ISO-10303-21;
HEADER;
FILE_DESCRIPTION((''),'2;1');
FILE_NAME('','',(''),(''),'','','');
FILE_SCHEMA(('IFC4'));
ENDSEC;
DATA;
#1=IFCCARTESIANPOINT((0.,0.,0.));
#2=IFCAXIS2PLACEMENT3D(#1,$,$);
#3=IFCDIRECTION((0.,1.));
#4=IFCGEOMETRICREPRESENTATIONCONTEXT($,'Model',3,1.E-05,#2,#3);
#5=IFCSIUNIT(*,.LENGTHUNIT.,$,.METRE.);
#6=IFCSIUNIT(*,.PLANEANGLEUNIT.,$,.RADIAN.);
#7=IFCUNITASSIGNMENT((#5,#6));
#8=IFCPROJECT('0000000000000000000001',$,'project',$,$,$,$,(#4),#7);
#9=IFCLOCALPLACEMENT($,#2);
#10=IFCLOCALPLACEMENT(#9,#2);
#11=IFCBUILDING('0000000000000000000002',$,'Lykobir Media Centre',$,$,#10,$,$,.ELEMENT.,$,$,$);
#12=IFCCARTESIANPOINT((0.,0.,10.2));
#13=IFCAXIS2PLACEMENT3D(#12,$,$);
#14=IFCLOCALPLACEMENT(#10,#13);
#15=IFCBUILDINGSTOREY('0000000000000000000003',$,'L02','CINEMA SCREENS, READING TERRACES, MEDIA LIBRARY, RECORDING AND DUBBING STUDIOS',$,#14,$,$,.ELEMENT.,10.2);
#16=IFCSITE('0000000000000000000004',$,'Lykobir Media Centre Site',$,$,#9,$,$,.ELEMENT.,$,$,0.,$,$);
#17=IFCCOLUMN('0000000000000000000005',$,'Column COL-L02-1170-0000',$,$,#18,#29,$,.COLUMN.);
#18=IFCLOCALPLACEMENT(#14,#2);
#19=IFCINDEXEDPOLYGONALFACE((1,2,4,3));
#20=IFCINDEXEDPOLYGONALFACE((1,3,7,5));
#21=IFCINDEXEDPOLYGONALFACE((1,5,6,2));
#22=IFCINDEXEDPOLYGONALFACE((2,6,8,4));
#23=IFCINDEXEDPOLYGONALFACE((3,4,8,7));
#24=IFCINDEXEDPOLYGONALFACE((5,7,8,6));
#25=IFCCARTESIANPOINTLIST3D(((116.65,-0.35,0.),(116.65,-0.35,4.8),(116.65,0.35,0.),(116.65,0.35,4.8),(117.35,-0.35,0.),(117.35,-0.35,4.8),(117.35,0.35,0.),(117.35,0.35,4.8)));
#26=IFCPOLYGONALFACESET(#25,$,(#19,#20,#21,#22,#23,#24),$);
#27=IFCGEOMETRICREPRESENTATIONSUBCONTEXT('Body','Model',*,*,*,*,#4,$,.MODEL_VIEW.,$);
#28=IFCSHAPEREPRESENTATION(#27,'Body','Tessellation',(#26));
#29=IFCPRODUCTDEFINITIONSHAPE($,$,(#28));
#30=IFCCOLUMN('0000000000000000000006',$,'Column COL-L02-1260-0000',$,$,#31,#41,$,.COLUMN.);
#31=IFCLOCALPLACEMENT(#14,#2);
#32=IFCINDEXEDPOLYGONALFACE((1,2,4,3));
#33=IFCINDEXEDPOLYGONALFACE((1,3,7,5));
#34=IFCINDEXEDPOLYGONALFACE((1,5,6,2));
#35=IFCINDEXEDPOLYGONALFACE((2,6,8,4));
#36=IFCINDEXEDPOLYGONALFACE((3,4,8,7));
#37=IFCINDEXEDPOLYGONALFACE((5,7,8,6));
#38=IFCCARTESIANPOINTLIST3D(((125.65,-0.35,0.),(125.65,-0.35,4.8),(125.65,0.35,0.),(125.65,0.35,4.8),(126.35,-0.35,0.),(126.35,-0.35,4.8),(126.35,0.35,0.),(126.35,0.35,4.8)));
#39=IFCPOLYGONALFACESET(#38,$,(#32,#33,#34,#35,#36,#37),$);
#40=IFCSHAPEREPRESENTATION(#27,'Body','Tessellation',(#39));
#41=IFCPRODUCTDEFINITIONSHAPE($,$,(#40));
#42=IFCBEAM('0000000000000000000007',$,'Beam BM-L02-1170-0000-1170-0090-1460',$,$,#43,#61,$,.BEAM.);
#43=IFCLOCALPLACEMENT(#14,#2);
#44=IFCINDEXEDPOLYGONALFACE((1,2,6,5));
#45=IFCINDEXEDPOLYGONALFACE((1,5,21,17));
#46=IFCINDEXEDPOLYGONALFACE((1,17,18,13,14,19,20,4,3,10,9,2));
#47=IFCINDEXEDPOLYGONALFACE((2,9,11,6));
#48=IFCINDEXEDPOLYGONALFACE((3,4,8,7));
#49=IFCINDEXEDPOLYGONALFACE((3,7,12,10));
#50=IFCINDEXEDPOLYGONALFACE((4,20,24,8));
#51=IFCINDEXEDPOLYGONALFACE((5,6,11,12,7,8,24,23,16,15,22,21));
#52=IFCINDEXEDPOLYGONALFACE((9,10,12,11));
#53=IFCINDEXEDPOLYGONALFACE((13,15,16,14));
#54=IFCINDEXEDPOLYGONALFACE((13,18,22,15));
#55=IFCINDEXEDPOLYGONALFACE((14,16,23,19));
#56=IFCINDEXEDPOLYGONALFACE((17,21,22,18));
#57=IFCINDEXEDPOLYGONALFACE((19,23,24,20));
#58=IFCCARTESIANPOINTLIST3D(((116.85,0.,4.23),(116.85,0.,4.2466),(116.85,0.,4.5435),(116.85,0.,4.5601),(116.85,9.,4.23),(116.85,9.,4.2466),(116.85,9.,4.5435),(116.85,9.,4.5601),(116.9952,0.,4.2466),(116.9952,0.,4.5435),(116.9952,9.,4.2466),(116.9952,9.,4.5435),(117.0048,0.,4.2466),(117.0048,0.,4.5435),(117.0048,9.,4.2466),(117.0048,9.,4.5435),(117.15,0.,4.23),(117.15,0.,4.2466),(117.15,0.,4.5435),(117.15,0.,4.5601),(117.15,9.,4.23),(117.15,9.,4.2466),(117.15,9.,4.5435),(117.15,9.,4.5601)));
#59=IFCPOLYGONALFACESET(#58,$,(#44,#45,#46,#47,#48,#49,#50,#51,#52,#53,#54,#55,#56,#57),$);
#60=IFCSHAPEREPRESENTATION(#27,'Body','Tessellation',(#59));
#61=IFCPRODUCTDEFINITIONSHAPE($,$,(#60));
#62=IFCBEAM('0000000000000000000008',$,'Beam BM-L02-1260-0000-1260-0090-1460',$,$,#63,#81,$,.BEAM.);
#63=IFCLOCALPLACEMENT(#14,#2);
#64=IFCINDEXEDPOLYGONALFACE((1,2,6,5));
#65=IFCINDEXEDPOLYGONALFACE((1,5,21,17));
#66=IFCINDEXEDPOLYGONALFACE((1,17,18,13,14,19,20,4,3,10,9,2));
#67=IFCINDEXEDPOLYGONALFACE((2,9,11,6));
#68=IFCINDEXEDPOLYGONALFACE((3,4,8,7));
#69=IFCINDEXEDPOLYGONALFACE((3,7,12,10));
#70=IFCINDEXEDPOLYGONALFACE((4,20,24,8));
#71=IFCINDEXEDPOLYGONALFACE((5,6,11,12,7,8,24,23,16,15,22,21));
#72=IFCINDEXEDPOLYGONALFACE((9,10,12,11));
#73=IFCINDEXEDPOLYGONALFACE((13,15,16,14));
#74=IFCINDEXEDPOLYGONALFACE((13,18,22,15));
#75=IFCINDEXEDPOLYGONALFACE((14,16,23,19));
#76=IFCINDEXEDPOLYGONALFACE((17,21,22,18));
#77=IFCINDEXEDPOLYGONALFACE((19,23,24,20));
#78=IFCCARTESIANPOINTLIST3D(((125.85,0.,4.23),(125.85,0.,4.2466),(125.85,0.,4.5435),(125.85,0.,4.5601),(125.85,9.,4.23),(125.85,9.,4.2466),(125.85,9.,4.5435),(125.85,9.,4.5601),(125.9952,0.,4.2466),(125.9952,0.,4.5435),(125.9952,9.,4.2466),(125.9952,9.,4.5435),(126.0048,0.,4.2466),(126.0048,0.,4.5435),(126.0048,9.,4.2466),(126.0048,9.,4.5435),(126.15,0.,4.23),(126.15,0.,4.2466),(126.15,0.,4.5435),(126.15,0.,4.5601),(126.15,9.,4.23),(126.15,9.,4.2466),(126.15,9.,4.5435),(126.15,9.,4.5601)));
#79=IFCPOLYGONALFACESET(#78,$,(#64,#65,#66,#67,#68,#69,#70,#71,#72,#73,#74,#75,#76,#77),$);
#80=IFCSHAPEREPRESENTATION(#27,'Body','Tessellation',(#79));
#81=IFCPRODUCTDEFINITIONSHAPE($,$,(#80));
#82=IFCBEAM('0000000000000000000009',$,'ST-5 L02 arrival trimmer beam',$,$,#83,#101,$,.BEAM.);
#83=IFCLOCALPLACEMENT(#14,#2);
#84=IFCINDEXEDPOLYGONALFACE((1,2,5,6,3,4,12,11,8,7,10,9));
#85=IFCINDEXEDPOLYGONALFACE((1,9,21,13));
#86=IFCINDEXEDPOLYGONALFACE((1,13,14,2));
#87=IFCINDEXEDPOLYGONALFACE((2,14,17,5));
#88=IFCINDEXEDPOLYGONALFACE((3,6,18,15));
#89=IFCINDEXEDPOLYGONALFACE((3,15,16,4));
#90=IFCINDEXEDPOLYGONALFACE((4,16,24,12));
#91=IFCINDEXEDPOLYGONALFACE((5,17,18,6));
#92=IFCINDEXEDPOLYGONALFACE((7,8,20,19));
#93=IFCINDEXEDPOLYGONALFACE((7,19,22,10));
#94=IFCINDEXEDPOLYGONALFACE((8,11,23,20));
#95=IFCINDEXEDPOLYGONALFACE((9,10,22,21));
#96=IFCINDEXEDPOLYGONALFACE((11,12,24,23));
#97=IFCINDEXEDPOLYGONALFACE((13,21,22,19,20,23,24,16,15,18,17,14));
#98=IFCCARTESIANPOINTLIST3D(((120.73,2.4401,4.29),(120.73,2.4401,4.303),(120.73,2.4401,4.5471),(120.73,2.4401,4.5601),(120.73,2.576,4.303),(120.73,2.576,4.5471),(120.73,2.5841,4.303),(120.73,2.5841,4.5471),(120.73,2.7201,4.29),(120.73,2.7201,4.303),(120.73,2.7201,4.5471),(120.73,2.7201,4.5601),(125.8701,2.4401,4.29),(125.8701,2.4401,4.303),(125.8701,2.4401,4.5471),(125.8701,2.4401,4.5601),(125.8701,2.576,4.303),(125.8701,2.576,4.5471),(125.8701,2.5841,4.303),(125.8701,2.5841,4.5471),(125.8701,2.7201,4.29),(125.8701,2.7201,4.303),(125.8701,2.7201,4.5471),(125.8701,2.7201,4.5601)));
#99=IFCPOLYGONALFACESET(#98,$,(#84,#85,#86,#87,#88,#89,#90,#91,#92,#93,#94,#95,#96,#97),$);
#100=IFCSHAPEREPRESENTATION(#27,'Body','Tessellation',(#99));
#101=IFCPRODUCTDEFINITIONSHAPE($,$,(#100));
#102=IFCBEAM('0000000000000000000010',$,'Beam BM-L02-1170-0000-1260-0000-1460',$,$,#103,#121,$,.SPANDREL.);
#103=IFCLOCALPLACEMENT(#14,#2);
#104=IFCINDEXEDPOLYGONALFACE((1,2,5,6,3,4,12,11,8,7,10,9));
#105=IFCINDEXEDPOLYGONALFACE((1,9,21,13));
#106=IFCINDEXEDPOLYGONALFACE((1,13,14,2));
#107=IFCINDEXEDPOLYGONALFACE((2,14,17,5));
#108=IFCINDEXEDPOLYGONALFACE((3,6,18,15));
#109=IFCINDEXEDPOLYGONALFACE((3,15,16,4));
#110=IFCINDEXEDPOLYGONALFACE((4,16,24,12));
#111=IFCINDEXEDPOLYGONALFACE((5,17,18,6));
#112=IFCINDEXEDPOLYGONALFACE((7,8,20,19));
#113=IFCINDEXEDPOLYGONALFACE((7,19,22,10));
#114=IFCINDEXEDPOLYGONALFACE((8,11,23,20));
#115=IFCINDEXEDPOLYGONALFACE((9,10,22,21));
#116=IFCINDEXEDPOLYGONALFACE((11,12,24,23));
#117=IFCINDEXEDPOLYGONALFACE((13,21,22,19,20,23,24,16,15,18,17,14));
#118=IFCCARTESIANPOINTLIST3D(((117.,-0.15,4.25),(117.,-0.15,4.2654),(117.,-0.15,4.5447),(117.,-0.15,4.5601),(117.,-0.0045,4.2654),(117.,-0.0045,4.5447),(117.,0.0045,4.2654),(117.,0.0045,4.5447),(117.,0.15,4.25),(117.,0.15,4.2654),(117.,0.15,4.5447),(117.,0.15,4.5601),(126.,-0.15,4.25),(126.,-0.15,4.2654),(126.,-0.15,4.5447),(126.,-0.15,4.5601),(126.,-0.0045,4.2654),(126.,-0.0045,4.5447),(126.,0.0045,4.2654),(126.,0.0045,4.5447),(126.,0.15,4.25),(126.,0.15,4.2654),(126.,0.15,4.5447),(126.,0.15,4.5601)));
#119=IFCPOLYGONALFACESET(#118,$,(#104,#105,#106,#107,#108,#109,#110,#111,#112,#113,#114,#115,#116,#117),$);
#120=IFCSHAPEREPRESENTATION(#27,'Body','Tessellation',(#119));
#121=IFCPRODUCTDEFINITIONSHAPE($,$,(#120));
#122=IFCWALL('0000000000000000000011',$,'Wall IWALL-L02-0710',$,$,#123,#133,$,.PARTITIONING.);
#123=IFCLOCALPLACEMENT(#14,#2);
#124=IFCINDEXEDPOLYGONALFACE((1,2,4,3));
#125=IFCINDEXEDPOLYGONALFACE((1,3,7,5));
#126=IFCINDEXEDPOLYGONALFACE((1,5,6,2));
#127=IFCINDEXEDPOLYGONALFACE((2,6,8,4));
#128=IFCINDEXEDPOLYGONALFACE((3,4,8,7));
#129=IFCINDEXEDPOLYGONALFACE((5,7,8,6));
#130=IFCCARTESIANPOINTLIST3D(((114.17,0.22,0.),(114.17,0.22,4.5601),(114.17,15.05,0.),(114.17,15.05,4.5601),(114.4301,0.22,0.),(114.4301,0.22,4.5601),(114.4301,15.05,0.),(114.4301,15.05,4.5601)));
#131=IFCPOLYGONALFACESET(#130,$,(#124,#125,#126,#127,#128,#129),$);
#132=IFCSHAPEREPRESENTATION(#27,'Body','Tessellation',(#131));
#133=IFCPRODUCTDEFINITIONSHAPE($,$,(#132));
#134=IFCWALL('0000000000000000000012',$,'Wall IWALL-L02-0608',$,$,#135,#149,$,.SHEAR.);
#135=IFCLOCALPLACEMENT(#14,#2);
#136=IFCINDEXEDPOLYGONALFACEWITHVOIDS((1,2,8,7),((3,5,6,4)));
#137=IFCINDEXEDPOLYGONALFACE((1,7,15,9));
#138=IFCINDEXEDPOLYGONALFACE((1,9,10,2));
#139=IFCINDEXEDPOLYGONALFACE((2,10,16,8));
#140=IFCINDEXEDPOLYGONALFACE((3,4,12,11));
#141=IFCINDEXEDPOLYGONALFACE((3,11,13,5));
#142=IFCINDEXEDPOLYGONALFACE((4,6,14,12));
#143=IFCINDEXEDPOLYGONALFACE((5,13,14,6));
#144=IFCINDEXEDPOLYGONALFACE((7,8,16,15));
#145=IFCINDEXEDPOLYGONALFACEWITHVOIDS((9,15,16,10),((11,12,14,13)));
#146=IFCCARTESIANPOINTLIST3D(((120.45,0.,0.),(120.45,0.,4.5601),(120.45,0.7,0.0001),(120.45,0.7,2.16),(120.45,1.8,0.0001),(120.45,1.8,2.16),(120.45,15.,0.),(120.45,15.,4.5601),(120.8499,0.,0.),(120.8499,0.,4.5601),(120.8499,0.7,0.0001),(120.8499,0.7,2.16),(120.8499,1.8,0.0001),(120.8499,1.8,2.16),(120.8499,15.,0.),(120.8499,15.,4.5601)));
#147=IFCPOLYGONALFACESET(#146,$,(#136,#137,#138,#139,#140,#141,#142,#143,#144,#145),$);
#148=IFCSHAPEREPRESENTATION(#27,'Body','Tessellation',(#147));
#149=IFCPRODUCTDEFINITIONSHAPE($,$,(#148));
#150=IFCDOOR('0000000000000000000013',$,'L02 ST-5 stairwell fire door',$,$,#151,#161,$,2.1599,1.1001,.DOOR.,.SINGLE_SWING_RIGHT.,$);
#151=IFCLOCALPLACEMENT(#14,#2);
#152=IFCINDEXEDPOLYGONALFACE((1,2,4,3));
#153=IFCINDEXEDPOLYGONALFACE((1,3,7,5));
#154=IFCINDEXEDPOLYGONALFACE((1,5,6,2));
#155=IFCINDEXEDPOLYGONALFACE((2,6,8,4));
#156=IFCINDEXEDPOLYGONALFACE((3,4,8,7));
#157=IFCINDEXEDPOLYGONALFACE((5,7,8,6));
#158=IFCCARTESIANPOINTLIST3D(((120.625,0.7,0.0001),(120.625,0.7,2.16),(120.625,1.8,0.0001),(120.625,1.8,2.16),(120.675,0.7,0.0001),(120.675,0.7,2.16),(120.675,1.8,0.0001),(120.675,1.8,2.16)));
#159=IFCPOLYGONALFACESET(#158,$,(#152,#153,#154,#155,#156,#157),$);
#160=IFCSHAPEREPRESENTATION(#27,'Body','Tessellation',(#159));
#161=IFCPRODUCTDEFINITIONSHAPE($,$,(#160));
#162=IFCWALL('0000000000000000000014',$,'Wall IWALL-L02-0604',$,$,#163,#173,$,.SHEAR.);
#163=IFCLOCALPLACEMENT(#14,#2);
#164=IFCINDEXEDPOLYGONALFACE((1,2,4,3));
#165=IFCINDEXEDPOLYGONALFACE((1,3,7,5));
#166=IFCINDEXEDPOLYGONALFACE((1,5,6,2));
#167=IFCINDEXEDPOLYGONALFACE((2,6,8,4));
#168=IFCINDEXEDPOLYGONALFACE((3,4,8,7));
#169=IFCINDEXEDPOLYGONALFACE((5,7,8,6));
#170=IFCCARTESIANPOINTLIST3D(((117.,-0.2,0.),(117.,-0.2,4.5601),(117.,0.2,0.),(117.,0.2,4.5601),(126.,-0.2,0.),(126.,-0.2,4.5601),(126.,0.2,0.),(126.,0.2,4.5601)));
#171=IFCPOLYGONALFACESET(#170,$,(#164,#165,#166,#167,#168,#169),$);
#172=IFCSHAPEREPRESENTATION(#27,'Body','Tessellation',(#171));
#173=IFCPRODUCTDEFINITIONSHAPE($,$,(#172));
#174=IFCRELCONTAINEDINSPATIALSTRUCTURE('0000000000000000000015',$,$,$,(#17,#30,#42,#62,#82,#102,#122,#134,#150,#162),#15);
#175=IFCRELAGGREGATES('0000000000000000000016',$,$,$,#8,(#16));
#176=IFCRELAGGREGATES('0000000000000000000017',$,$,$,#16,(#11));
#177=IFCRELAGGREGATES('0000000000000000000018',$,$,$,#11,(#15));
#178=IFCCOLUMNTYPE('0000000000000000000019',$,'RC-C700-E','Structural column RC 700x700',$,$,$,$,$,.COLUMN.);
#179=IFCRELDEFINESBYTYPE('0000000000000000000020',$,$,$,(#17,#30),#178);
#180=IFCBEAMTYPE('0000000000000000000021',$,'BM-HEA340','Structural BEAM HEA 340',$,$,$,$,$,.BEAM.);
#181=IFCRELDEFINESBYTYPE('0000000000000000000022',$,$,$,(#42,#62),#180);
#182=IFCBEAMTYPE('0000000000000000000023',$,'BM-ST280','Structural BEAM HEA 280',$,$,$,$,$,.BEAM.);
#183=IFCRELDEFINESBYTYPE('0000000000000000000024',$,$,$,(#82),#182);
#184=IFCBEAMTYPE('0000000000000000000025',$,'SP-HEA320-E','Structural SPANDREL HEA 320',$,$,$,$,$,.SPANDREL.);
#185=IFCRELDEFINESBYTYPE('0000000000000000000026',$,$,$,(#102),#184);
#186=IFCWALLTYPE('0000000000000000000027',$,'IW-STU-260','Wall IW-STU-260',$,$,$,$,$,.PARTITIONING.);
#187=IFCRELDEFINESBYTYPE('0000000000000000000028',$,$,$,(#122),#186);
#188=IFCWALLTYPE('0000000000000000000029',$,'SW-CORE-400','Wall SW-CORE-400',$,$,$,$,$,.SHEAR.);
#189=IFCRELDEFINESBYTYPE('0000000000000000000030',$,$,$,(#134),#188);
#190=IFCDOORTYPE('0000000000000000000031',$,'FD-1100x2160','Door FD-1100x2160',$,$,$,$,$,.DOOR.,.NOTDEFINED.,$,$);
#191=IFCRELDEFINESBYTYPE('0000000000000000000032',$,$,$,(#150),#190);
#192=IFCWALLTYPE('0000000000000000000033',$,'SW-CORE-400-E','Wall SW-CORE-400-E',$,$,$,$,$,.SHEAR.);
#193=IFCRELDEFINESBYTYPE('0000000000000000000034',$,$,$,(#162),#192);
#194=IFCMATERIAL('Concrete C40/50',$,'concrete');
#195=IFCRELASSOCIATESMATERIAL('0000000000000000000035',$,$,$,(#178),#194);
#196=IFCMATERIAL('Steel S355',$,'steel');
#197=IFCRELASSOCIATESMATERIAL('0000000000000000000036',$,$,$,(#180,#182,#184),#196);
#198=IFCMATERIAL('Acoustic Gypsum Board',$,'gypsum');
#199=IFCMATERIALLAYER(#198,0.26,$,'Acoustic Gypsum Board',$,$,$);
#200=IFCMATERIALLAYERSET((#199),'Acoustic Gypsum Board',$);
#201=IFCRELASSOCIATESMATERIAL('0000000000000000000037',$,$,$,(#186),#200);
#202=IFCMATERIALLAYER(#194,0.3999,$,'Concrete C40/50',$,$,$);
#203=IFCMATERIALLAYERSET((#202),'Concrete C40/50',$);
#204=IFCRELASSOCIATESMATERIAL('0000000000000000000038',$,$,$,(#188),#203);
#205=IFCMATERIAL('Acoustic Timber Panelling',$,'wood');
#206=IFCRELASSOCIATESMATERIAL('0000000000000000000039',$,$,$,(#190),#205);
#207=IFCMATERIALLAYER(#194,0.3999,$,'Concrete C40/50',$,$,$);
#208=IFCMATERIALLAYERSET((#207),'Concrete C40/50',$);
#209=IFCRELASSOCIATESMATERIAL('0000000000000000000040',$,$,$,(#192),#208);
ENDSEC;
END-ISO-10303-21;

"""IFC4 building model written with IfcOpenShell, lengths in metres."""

from ifc_helpers import new_model, si_unit, direction, frame, frame_2d, origin, origin_2d, place, context, subcontext, project, spatial, rectangle, i_section, extrude, material, layer, layer_set, material_profile, profile_set, type_object, element, fill, save


model = new_model("IFC4")

# Units and contexts
model_context = context("Model", 3, precision=1e-05, world=origin(), true_north=direction((0.0, 1.0)))
body_context = subcontext(model_context, "Body", "Model", "MODEL_VIEW")
ifc_project = project(units=[si_unit("LENGTHUNIT", "METRE"), si_unit("PLANEANGLEUNIT", "RADIAN")], contexts=[model_context])

# Site, building, storey
site_placement = place(None, origin())
site = spatial("IfcSite", under=ifc_project, at=site_placement, Name="Lykobir Media Centre Site", CompositionType="ELEMENT", RefElevation=0.0)
building_placement = place(site_placement, origin())
building = spatial("IfcBuilding", under=site, at=building_placement, Name="Lykobir Media Centre", CompositionType="ELEMENT")
storey_placement = place(building_placement, frame((0.0, 0.0, 10.2)))
storey = spatial("IfcBuildingStorey", under=building, at=storey_placement, Name="L02", Description="CINEMA SCREENS, READING TERRACES, MEDIA LIBRARY, RECORDING AND DUBBING STUDIOS", CompositionType="ELEMENT", Elevation=10.2)

# Columns
ifc_material_1 = material(Name="Concrete C40/50", Category="concrete")
ifc_material_profile_1 = material_profile(ifc_material_1, rectangle(XDim=0.7, YDim=0.7, at=origin_2d()), Name="RC 700x700")
ifc_profile_set_1 = profile_set([ifc_material_profile_1], Name="Concrete C40/50")
column_type = type_object("IfcColumnType", Name="RC-C700-E", Description="Structural column RC 700x700", PredefinedType="COLUMN", material=ifc_profile_set_1)
for number, where, z_axis, x_axis, name in (
    (1, (117.0, 0.0, 0.0), (0.0, 0.0, 1.0), (1.0, 0.0, 0.0), "Column COL-L02-1170-0000"),
    (2, (126.0, 0.0, 0.0), (0.0, 0.0, 1.0), (1.0, 0.0, 0.0), "Column COL-L02-1260-0000"),
):
    element("IfcColumn", number, at=place(storey_placement, frame(where, z_axis=z_axis, x_axis=x_axis)), inside=storey, type_object=column_type, Name=name, PredefinedType="COLUMN", context=body_context, shape_type="SweptSolid", body=[
        extrude(rectangle(XDim=0.7, YDim=0.7, at=origin_2d()), origin(), (0.0, 0.0, 1.0), 4.8),
    ])

# Beams
ifc_material_2 = material(Name="Steel S355", Category="steel")
ifc_material_profile_2 = material_profile(ifc_material_2, i_section(OverallWidth=0.3, OverallDepth=0.3301, WebThickness=0.0095, FlangeThickness=0.0166, at=origin_2d()), Name="HEA 340")
ifc_profile_set_2 = profile_set([ifc_material_profile_2], Name="Steel S355")
beam_type_1 = type_object("IfcBeamType", Name="BM-HEA340", Description="Structural BEAM HEA 340", PredefinedType="BEAM", material=ifc_profile_set_2)
for number, where, z_axis, x_axis, name in (
    (3, (117.0, 0.0, 4.395), (0.0, 1.0, 0.0), (-1.0, 0.0, 0.0), "Beam BM-L02-1170-0000-1170-0090-1460"),
    (4, (126.0, 0.0, 4.395), (0.0, 1.0, 0.0), (-1.0, 0.0, 0.0), "Beam BM-L02-1260-0000-1260-0090-1460"),
):
    element("IfcBeam", number, at=place(storey_placement, frame(where, z_axis=z_axis, x_axis=x_axis)), inside=storey, type_object=beam_type_1, Name=name, PredefinedType="BEAM", context=body_context, shape_type="SweptSolid", body=[
        extrude(i_section(OverallWidth=0.3, OverallDepth=0.3301, WebThickness=0.0095, FlangeThickness=0.0166, at=origin_2d()), origin(), (0.0, 0.0, 1.0), 9.0),
    ])
ifc_material_profile_3 = material_profile(ifc_material_2, i_section(OverallWidth=0.28, OverallDepth=0.27, WebThickness=0.0081, FlangeThickness=0.0129, at=origin_2d()), Name="HEA 280")
ifc_profile_set_3 = profile_set([ifc_material_profile_3], Name="Steel S355")
beam_type_2 = type_object("IfcBeamType", Name="BM-ST280", Description="Structural BEAM HEA 280", PredefinedType="BEAM", material=ifc_profile_set_3)
beam_1_placement = place(storey_placement, frame((120.73, 2.5801, 4.425), z_axis=(1.0, 0.0, 0.0), x_axis=(0.0, 1.0, 0.0)))
element("IfcBeam", 5, at=beam_1_placement, inside=storey, type_object=beam_type_2, Name="ST-5 L02 arrival trimmer beam", PredefinedType="BEAM", context=body_context, shape_type="SweptSolid", body=[
    extrude(i_section(OverallWidth=0.28, OverallDepth=0.27, WebThickness=0.0081, FlangeThickness=0.0129, at=origin_2d()), origin(), (0.0, 0.0, 1.0), 5.1401),
])
ifc_material_profile_4 = material_profile(ifc_material_2, i_section(OverallWidth=0.3, OverallDepth=0.3101, WebThickness=0.009, FlangeThickness=0.0154, at=origin_2d()), Name="HEA 320")
ifc_profile_set_4 = profile_set([ifc_material_profile_4], Name="Steel S355")
beam_type_3 = type_object("IfcBeamType", Name="SP-HEA320-E", Description="Structural SPANDREL HEA 320", PredefinedType="SPANDREL", material=ifc_profile_set_4)
beam_2_placement = place(storey_placement, frame((117.0, 0.0, 4.405), z_axis=(1.0, 0.0, 0.0), x_axis=(0.0, 1.0, 0.0)))
element("IfcBeam", 6, at=beam_2_placement, inside=storey, type_object=beam_type_3, Name="Beam BM-L02-1170-0000-1260-0000-1460", PredefinedType="SPANDREL", context=body_context, shape_type="SweptSolid", body=[
    extrude(i_section(OverallWidth=0.3, OverallDepth=0.3101, WebThickness=0.009, FlangeThickness=0.0154, at=origin_2d()), origin(), (0.0, 0.0, 1.0), 9.0),
])

# Wall
ifc_material_3 = material(Name="Acoustic Gypsum Board", Category="gypsum")
ifc_layer_1 = layer(ifc_material_3, 0.26, Name="Acoustic Gypsum Board")
ifc_layer_set_1 = layer_set([ifc_layer_1], Name="Acoustic Gypsum Board")
wall_type_1 = type_object("IfcWallType", Name="IW-STU-260", Description="Wall IW-STU-260", PredefinedType="PARTITIONING", material=ifc_layer_set_1)
wall_1_placement = place(storey_placement, frame((114.3, 0.22, 0.0), z_axis=(0.0, 0.0, 1.0), x_axis=(0.0, 1.0, 0.0)))
element("IfcWall", 7, at=wall_1_placement, inside=storey, type_object=wall_type_1, Name="Wall IWALL-L02-0710", PredefinedType="PARTITIONING", context=body_context, shape_type="SweptSolid", body=[
    extrude(rectangle(XDim=14.8301, YDim=0.26, at=frame_2d((7.415, 0.0))), origin(), (0.0, 0.0, 1.0), 4.5601),
])

# Wall, opening, door
ifc_layer_2 = layer(ifc_material_1, 0.3999, Name="Concrete C40/50")
ifc_layer_set_2 = layer_set([ifc_layer_2], Name="Concrete C40/50")
wall_type_2 = type_object("IfcWallType", Name="SW-CORE-400", Description="Wall SW-CORE-400", PredefinedType="SHEAR", material=ifc_layer_set_2)
wall_2_placement = place(storey_placement, frame((120.6499, 0.0, 0.0), z_axis=(0.0, 0.0, 1.0), x_axis=(0.0, 1.0, 0.0)))
wall_2 = element("IfcWall", 8, at=wall_2_placement, inside=storey, type_object=wall_type_2, Name="Wall IWALL-L02-0608", PredefinedType="SHEAR", context=body_context, shape_type="SweptSolid", body=[
    extrude(rectangle(XDim=15.0, YDim=0.3999, at=frame_2d((7.5, 0.0))), origin(), (0.0, 0.0, 1.0), 4.5601),
])
opening_placement = place(wall_2_placement, frame((0.7, 0.0, 0.0)))
opening = element("IfcOpeningElement", 9, at=opening_placement, cuts=wall_2, PredefinedType="OPENING", context=body_context, shape_type="SweptSolid", body=[
    extrude(rectangle(XDim=1.1001, YDim=2.1599, at=frame_2d((0.55, 1.0801))), frame((0.0, 0.21, 0.0), z_axis=(0.0, -1.0, 0.0), x_axis=(1.0, 0.0, 0.0)), (0.0, 0.0, 1.0), 0.4199),
])
ifc_material_4 = material(Name="Acoustic Timber Panelling", Category="wood")
door_type = type_object("IfcDoorType", Name="FD-1100x2160", Description="Door FD-1100x2160", OperationType="NOTDEFINED", PredefinedType="DOOR", material=ifc_material_4)
door_placement = place(opening_placement, origin())
door = element("IfcDoor", 10, at=door_placement, inside=storey, type_object=door_type, Name="L02 ST-5 stairwell fire door", OperationType="SINGLE_SWING_RIGHT", OverallHeight=2.1599, OverallWidth=1.1001, PredefinedType="DOOR", context=body_context, shape_type="SweptSolid", body=[
    extrude(rectangle(XDim=1.1001, YDim=2.1599, at=frame_2d((0.55, 1.0801))), frame((0.0, 0.0249, 0.0), z_axis=(0.0, -1.0, 0.0), x_axis=(1.0, 0.0, 0.0)), (0.0, 0.0, 1.0), 0.05),
])
fill(opening, door)

# Wall
ifc_layer_3 = layer(ifc_material_1, 0.3999, Name="Concrete C40/50")
ifc_layer_set_3 = layer_set([ifc_layer_3], Name="Concrete C40/50")
wall_type_3 = type_object("IfcWallType", Name="SW-CORE-400-E", Description="Wall SW-CORE-400-E", PredefinedType="SHEAR", material=ifc_layer_set_3)
wall_3_placement = place(storey_placement, frame((117.0, 0.0, 0.0), z_axis=(0.0, 0.0, 1.0), x_axis=(1.0, 0.0, 0.0)))
element("IfcWall", 11, at=wall_3_placement, inside=storey, type_object=wall_type_3, Name="Wall IWALL-L02-0604", PredefinedType="SHEAR", context=body_context, shape_type="SweptSolid", body=[
    extrude(rectangle(XDim=9.0, YDim=0.3999, at=frame_2d((4.5, 0.0))), origin(), (0.0, 0.0, 1.0), 4.5601),
])

save(model, "model.ifc")
